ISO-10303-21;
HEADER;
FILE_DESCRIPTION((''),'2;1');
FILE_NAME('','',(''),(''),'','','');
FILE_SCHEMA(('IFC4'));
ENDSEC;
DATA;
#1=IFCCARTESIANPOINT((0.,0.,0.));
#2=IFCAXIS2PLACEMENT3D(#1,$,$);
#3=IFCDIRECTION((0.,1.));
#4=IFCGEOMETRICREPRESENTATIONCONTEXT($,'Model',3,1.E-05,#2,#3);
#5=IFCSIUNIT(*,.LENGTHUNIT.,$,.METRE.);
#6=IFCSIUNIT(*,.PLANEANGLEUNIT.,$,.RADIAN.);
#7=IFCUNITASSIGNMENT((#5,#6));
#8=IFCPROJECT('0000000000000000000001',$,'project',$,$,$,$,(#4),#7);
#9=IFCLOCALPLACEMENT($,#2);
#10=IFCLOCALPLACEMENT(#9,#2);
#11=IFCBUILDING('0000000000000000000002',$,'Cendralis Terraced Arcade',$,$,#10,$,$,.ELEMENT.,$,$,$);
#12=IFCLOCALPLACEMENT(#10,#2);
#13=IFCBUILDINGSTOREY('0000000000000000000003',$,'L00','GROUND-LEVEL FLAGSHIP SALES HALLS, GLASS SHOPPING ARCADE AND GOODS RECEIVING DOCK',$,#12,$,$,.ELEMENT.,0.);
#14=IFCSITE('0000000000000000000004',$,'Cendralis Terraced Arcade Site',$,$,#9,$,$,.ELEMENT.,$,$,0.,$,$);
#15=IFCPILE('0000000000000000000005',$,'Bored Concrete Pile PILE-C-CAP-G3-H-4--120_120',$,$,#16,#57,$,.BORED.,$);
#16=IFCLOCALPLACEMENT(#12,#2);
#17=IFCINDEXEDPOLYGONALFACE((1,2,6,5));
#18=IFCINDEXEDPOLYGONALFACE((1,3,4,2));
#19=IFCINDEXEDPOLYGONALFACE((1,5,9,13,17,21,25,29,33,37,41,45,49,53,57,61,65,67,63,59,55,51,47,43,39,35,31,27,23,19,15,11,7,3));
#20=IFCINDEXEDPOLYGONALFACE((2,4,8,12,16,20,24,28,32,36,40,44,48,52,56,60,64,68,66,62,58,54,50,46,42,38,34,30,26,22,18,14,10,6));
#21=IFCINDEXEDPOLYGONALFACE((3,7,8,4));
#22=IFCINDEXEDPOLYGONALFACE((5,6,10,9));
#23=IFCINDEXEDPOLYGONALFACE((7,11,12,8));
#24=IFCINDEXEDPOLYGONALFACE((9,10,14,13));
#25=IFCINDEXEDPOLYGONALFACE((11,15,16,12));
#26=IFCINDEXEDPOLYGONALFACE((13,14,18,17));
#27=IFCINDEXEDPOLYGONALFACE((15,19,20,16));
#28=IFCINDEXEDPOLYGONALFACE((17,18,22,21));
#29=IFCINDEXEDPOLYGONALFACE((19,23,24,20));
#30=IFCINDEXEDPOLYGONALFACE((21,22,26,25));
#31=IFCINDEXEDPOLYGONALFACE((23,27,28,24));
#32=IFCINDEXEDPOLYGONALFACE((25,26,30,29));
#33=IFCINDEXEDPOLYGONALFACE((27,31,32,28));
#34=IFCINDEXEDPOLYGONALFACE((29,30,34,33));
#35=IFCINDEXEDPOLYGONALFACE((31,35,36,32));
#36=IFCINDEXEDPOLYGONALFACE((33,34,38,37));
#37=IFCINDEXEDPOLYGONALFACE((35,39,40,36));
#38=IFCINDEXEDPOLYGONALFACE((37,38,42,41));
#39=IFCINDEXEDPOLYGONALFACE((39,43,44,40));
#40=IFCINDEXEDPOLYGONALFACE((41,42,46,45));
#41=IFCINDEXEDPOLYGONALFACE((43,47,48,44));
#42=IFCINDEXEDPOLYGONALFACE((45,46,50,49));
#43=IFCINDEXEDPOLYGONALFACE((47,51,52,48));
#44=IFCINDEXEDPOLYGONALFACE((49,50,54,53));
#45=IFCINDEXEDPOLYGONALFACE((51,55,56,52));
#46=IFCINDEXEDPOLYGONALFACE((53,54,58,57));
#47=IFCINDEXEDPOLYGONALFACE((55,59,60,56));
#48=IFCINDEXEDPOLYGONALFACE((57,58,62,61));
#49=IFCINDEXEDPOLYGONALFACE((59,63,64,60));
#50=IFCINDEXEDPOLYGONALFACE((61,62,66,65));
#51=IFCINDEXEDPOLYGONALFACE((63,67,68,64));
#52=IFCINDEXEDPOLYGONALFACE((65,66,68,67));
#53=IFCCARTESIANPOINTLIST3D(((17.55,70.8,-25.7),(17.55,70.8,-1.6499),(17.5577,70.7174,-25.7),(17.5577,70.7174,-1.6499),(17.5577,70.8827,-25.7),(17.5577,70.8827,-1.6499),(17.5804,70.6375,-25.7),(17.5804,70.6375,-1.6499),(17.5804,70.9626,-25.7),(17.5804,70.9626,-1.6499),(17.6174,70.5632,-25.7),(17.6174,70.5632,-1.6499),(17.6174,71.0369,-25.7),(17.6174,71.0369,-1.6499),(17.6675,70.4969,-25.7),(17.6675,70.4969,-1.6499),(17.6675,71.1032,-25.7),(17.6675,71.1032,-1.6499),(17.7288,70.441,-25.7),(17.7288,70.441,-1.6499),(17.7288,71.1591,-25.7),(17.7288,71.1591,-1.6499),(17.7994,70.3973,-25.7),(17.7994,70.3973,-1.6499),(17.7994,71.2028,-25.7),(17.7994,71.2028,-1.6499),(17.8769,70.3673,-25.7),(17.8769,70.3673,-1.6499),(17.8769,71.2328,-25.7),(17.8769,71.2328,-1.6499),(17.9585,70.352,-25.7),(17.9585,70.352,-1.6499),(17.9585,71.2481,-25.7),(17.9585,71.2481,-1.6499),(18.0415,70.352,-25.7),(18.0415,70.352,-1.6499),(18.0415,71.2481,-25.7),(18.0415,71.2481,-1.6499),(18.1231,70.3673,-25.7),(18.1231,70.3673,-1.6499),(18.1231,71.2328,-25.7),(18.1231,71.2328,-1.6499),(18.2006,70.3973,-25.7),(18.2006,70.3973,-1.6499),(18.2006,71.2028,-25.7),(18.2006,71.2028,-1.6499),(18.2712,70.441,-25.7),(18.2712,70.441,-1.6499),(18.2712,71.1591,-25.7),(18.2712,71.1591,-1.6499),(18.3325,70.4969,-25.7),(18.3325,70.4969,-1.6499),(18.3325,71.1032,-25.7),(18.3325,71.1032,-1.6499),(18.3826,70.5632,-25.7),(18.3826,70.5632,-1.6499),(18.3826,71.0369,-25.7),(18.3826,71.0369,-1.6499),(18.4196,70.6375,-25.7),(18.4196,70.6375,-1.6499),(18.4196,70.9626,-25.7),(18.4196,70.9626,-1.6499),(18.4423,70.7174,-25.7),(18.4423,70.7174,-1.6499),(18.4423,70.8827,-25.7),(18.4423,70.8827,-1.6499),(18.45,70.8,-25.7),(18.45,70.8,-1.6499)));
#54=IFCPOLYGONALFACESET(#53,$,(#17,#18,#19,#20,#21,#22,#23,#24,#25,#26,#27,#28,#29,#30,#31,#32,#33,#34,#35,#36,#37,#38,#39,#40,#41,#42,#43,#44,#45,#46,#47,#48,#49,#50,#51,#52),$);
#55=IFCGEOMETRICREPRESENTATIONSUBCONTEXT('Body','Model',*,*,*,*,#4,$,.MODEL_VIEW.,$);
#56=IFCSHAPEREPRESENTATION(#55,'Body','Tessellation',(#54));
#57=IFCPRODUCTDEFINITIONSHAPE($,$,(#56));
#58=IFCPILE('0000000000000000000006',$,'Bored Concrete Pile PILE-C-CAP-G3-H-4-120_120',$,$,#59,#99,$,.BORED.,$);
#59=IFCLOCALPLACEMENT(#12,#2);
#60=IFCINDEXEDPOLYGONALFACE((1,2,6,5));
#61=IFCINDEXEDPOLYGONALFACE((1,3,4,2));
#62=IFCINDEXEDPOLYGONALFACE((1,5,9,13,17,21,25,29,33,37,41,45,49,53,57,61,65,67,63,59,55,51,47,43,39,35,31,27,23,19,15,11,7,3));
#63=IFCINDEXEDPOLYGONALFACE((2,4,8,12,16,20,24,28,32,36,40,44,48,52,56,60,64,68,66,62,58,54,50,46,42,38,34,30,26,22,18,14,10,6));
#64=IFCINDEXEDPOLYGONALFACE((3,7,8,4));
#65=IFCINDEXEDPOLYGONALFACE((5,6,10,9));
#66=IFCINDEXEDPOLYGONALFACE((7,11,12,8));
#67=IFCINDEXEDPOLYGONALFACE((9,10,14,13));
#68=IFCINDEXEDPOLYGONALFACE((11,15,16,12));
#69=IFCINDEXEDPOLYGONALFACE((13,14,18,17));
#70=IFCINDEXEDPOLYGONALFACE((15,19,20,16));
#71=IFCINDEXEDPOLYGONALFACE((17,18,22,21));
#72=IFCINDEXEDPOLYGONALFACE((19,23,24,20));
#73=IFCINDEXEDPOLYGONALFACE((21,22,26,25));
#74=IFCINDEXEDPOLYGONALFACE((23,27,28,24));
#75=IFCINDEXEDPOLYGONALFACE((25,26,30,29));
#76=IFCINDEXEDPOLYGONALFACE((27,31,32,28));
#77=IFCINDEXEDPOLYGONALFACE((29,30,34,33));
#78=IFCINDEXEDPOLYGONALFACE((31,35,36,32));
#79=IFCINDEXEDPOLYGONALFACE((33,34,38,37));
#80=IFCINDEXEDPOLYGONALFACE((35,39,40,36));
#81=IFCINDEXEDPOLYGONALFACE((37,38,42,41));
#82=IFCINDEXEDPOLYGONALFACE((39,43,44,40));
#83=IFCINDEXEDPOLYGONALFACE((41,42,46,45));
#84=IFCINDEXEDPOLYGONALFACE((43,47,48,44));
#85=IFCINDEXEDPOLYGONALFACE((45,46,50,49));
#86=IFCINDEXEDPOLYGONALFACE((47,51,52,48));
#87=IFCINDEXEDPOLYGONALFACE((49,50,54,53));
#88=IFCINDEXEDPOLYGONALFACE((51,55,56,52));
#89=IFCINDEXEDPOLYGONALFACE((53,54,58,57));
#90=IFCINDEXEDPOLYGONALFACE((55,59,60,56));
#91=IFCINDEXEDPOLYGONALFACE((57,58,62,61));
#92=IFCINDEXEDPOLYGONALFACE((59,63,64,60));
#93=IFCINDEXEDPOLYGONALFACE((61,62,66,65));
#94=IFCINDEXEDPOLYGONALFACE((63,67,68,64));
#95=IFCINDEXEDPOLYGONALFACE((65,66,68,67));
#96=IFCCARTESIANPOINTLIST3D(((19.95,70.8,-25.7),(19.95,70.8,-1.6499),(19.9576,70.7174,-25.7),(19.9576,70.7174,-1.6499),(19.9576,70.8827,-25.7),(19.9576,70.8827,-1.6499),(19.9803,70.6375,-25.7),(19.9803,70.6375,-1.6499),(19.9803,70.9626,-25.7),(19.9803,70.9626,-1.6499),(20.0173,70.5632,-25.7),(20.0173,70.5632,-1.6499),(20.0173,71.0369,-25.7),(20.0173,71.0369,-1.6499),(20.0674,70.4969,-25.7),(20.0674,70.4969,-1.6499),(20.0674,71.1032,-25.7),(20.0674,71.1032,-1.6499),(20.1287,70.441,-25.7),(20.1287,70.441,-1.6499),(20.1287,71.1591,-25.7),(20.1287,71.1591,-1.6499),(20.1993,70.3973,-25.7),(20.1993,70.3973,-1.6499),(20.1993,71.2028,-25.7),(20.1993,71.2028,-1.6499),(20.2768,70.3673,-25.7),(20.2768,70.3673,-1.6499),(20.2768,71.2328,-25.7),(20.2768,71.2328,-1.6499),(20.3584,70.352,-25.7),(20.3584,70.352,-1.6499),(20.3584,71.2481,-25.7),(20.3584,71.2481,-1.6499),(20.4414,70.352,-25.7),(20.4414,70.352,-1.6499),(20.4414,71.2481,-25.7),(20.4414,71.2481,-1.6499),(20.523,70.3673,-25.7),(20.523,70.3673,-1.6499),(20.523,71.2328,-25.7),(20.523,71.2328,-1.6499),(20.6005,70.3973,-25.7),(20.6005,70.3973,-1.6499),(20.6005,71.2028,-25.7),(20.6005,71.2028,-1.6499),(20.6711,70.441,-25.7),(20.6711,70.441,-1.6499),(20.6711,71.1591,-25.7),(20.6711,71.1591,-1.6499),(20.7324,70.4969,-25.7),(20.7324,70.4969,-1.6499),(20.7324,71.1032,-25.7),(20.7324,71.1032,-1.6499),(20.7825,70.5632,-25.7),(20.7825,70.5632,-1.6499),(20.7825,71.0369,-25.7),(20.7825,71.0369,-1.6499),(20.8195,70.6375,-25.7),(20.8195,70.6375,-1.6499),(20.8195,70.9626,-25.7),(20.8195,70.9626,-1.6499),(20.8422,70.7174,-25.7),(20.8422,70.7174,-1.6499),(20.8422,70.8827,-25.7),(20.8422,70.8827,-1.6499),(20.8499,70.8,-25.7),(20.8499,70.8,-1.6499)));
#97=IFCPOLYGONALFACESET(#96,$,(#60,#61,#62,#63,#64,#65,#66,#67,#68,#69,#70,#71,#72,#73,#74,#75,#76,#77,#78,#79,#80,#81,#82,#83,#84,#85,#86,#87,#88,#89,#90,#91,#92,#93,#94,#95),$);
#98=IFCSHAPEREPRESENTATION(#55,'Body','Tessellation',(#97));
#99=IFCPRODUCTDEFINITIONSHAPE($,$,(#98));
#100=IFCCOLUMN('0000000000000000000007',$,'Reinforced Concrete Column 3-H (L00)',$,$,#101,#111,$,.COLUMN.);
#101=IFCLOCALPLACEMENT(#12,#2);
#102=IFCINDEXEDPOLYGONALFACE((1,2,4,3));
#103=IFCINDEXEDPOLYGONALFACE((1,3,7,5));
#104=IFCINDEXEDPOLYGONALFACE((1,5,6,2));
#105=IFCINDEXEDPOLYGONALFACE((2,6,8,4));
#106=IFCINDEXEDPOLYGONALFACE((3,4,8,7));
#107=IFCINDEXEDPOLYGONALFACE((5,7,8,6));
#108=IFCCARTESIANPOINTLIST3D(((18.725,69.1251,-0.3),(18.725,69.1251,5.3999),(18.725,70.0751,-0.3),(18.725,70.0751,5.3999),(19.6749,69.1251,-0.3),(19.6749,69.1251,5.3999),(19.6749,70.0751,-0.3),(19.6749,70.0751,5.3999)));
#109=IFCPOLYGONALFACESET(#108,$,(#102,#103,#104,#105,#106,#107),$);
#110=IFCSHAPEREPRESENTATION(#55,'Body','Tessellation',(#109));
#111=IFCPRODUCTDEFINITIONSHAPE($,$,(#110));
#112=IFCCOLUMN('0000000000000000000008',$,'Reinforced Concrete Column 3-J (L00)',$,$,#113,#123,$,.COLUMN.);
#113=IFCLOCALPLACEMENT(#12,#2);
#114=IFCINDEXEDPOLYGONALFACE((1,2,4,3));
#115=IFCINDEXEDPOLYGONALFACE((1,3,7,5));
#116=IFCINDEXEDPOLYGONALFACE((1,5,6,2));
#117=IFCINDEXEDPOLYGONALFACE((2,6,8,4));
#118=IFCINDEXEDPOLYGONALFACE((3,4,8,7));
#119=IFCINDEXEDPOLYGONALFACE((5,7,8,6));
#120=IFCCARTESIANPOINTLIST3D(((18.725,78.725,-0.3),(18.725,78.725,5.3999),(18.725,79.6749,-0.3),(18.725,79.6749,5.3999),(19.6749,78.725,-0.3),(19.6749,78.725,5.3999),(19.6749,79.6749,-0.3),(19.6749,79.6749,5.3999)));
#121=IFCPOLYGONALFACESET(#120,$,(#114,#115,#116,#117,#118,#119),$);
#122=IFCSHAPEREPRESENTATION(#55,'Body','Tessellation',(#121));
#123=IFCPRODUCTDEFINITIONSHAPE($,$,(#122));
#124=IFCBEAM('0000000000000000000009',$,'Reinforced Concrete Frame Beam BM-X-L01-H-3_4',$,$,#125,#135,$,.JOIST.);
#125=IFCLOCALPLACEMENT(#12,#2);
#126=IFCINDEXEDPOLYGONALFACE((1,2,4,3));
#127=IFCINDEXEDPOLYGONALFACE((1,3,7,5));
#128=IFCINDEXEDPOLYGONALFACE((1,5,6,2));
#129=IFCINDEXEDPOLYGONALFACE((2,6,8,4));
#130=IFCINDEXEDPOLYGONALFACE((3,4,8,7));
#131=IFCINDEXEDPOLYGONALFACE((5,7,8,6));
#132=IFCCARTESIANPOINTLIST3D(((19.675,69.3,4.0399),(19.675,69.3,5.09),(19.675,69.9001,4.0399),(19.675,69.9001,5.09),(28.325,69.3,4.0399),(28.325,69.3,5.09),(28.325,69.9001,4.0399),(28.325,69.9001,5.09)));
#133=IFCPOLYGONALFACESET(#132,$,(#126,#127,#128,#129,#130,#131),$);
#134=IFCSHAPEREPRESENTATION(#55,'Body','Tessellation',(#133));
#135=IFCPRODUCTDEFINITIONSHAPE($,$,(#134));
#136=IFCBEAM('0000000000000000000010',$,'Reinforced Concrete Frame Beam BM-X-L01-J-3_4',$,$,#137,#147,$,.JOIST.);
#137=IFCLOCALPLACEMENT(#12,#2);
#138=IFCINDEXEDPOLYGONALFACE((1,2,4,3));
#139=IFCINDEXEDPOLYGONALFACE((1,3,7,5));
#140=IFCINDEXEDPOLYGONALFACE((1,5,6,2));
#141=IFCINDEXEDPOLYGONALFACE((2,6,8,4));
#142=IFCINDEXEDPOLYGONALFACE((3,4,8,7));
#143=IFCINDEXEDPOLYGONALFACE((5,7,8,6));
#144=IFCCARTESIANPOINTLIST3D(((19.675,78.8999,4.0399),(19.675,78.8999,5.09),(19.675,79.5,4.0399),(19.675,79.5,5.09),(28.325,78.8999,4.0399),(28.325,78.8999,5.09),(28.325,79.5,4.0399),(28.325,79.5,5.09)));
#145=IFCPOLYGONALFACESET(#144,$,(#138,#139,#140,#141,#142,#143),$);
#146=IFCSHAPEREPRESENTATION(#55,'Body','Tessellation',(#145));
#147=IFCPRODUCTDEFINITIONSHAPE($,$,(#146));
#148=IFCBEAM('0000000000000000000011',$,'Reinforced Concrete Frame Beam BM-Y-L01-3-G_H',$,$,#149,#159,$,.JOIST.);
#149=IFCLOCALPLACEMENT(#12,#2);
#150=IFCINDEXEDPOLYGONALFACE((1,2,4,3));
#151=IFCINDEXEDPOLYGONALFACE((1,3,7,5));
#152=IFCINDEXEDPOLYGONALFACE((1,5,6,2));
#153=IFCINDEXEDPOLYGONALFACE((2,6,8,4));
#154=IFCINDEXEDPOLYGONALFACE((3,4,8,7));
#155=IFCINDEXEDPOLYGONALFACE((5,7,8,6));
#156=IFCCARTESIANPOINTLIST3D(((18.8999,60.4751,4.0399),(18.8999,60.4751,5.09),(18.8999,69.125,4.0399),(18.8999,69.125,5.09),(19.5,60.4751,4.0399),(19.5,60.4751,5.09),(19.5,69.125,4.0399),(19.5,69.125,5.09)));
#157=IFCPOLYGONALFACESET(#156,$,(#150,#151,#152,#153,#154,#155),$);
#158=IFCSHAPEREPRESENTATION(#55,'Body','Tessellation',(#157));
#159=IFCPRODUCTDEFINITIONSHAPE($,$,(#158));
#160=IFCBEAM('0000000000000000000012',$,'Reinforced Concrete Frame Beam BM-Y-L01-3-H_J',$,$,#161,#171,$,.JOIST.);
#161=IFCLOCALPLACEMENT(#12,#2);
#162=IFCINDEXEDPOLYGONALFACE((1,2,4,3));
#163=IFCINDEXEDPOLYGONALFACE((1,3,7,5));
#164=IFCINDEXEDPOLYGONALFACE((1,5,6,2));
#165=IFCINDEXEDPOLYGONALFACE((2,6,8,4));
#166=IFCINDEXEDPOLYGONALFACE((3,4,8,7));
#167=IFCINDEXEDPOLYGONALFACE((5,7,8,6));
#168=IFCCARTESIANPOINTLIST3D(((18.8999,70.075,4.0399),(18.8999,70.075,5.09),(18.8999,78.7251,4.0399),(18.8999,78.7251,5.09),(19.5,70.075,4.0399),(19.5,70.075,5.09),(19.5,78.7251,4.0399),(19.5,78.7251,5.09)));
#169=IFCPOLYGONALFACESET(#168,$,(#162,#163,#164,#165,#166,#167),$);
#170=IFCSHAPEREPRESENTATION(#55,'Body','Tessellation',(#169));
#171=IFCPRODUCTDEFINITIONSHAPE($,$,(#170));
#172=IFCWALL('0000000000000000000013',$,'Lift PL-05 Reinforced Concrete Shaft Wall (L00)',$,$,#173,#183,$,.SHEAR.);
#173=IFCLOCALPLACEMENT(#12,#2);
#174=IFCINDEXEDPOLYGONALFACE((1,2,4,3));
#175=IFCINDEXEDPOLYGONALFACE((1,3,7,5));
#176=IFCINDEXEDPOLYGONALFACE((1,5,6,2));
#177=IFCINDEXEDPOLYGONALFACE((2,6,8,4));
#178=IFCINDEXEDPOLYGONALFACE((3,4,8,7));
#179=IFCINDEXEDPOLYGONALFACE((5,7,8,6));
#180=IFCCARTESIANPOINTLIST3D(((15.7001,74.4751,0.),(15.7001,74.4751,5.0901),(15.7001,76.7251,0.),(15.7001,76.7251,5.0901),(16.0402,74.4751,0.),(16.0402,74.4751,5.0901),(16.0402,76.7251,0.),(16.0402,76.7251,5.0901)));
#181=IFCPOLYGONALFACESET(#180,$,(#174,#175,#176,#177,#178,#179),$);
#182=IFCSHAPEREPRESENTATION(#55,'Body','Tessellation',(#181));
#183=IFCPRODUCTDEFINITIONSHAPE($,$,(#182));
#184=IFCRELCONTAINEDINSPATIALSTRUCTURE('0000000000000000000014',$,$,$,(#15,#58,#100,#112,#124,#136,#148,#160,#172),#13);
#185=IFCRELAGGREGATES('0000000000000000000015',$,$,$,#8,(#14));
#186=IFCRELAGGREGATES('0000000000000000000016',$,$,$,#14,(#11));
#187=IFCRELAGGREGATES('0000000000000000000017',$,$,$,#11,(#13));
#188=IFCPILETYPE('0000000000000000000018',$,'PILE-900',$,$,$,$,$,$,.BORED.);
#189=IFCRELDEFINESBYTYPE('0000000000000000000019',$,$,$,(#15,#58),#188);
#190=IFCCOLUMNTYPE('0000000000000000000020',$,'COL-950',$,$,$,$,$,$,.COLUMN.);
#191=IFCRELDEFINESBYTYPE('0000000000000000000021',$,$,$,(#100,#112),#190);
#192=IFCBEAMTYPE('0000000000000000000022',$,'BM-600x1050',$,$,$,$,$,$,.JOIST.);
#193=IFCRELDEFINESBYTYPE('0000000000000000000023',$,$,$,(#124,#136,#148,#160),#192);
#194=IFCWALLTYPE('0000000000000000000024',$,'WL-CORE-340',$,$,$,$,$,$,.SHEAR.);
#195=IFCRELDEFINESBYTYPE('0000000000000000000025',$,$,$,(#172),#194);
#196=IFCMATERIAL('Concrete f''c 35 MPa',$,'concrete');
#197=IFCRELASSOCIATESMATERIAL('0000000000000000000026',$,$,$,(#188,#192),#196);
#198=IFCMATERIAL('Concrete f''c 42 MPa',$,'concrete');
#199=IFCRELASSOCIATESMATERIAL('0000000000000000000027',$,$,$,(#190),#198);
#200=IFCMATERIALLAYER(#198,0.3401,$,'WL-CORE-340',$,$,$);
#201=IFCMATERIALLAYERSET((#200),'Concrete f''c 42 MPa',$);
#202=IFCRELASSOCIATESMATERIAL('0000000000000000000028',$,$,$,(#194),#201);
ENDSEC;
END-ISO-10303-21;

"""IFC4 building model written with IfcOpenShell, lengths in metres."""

from ifc_helpers import new_model, si_unit, direction, frame, frame_2d, origin, origin_2d, place, context, subcontext, project, spatial, rectangle, circle, extrude, material, layer, layer_set, material_profile, profile_set, type_object, element, save


model = new_model("IFC4")

# Units and contexts
model_context = context("Model", 3, precision=1e-05, world=origin(), true_north=direction((0.0, 1.0)))
body_context = subcontext(model_context, "Body", "Model", "MODEL_VIEW")
ifc_project = project(units=[si_unit("LENGTHUNIT", "METRE"), si_unit("PLANEANGLEUNIT", "RADIAN")], contexts=[model_context])

# Site, building, storey
site_placement = place(None, origin())
site = spatial("IfcSite", under=ifc_project, at=site_placement, Name="Cendralis Terraced Arcade Site", CompositionType="ELEMENT", RefElevation=0.0)
building_placement = place(site_placement, origin())
building = spatial("IfcBuilding", under=site, at=building_placement, Name="Cendralis Terraced Arcade", CompositionType="ELEMENT")
storey_placement = place(building_placement, origin())
storey = spatial("IfcBuildingStorey", under=building, at=storey_placement, Name="L00", Description="GROUND-LEVEL FLAGSHIP SALES HALLS, GLASS SHOPPING ARCADE AND GOODS RECEIVING DOCK", CompositionType="ELEMENT", Elevation=0.0)

# Shared definitions
ifc_material_1 = material(Name="Concrete f'c 35 MPa", Category="concrete")

# Piles
ifc_material_profile_1 = material_profile(ifc_material_1, circle(Radius=0.45, at=origin_2d()), Name="PILE-D900", Category="LoadBearing")
ifc_profile_set_1 = profile_set([ifc_material_profile_1], Name="Concrete f'c 35 MPa")
pile_type_1 = type_object("IfcPileType", Name="PILE-900", PredefinedType="BORED", material=ifc_profile_set_1)
for number, where, z_axis, x_axis, name in (
    (1, (18.0, 70.8, -1.6499), (0.0, 0.0, -1.0), (1.0, 0.0, 0.0), "Bored Concrete Pile PILE-C-CAP-G3-H-4--120_120"),
    (2, (20.3999, 70.8, -1.6499), (0.0, 0.0, -1.0), (1.0, 0.0, 0.0), "Bored Concrete Pile PILE-C-CAP-G3-H-4-120_120"),
):
    element("IfcPile", number, at=place(storey_placement, frame(where, z_axis=z_axis, x_axis=x_axis)), inside=storey, type_object=pile_type_1, Name=name, PredefinedType="BORED", context=body_context, shape_type="SweptSolid", body=[
        extrude(circle(Radius=0.45, at=origin_2d()), origin(), (0.0, 0.0, 1.0), 24.05),
    ])

# Columns
ifc_material_2 = material(Name="Concrete f'c 42 MPa", Category="concrete")
ifc_material_profile_2 = material_profile(ifc_material_2, rectangle(XDim=0.95, YDim=0.95, at=origin_2d()), Name="RC-COL-950x950", Category="LoadBearing")
ifc_profile_set_2 = profile_set([ifc_material_profile_2], Name="Concrete f'c 42 MPa")
column_type = type_object("IfcColumnType", Name="COL-950", PredefinedType="COLUMN", material=ifc_profile_set_2)
for number, where, z_axis, x_axis, name in (
    (3, (19.2, 69.6001, -0.3), (0.0, 0.0, 1.0), (1.0, 0.0, 0.0), "Reinforced Concrete Column 3-H (L00)"),
    (4, (19.2, 79.2, -0.3), (0.0, 0.0, 1.0), (1.0, 0.0, 0.0), "Reinforced Concrete Column 3-J (L00)"),
):
    element("IfcColumn", number, at=place(storey_placement, frame(where, z_axis=z_axis, x_axis=x_axis)), inside=storey, type_object=column_type, Name=name, PredefinedType="COLUMN", context=body_context, shape_type="SweptSolid", body=[
        extrude(rectangle(XDim=0.95, YDim=0.95, at=origin_2d()), origin(), (0.0, 0.0, 1.0), 5.7),
    ])

# Beams
ifc_material_profile_3 = material_profile(ifc_material_1, rectangle(XDim=0.6001, YDim=1.05, at=origin_2d()), Name="RC-BM-600x1050", Category="LoadBearing")
ifc_profile_set_3 = profile_set([ifc_material_profile_3], Name="Concrete f'c 35 MPa")
beam_type = type_object("IfcBeamType", Name="BM-600x1050", PredefinedType="JOIST", material=ifc_profile_set_3)
for number, where, z_axis, x_axis, name in (
    (5, (19.675, 69.6001, 4.5649), (1.0, 0.0, 0.0), (0.0, 1.0, 0.0), "Reinforced Concrete Frame Beam BM-X-L01-H-3_4"),
    (6, (19.675, 79.2, 4.5649), (1.0, 0.0, 0.0), (0.0, 1.0, 0.0), "Reinforced Concrete Frame Beam BM-X-L01-J-3_4"),
    (7, (19.2, 60.4751, 4.5649), (0.0, 1.0, 0.0), (-1.0, 0.0, 0.0), "Reinforced Concrete Frame Beam BM-Y-L01-3-G_H"),
):
    element("IfcBeam", number, at=place(storey_placement, frame(where, z_axis=z_axis, x_axis=x_axis)), inside=storey, type_object=beam_type, Name=name, PredefinedType="JOIST", context=body_context, shape_type="SweptSolid", body=[
        extrude(rectangle(XDim=0.6001, YDim=1.05, at=origin_2d()), origin(), (0.0, 0.0, 1.0), 8.6499),
    ])
beam_placement = place(storey_placement, frame((19.2, 70.075, 4.5649), z_axis=(0.0, 1.0, 0.0), x_axis=(-1.0, 0.0, 0.0)))
element("IfcBeam", 8, at=beam_placement, inside=storey, type_object=beam_type, Name="Reinforced Concrete Frame Beam BM-Y-L01-3-H_J", PredefinedType="JOIST", context=body_context, shape_type="SweptSolid", body=[
    extrude(rectangle(XDim=0.6001, YDim=1.05, at=origin_2d()), origin(), (0.0, 0.0, 1.0), 8.6501),
])

# Wall
ifc_layer_1 = layer(ifc_material_2, 0.3401, Name="WL-CORE-340")
ifc_layer_set_1 = layer_set([ifc_layer_1], Name="Concrete f'c 42 MPa")
wall_type_1 = type_object("IfcWallType", Name="WL-CORE-340", PredefinedType="SHEAR", material=ifc_layer_set_1)
wall_1_placement = place(storey_placement, frame((15.8701, 74.4751, 0.0), z_axis=(0.0, 0.0, 1.0), x_axis=(0.0, 1.0, 0.0)))
element("IfcWall", 9, at=wall_1_placement, inside=storey, type_object=wall_type_1, Name="Lift PL-05 Reinforced Concrete Shaft Wall (L00)", PredefinedType="SHEAR", context=body_context, shape_type="SweptSolid", body=[
    extrude(rectangle(XDim=2.25, YDim=0.3401, at=frame_2d((1.125, 0.0))), origin(), (0.0, 0.0, 1.0), 5.0901),
])

save(model, "model.ifc")
